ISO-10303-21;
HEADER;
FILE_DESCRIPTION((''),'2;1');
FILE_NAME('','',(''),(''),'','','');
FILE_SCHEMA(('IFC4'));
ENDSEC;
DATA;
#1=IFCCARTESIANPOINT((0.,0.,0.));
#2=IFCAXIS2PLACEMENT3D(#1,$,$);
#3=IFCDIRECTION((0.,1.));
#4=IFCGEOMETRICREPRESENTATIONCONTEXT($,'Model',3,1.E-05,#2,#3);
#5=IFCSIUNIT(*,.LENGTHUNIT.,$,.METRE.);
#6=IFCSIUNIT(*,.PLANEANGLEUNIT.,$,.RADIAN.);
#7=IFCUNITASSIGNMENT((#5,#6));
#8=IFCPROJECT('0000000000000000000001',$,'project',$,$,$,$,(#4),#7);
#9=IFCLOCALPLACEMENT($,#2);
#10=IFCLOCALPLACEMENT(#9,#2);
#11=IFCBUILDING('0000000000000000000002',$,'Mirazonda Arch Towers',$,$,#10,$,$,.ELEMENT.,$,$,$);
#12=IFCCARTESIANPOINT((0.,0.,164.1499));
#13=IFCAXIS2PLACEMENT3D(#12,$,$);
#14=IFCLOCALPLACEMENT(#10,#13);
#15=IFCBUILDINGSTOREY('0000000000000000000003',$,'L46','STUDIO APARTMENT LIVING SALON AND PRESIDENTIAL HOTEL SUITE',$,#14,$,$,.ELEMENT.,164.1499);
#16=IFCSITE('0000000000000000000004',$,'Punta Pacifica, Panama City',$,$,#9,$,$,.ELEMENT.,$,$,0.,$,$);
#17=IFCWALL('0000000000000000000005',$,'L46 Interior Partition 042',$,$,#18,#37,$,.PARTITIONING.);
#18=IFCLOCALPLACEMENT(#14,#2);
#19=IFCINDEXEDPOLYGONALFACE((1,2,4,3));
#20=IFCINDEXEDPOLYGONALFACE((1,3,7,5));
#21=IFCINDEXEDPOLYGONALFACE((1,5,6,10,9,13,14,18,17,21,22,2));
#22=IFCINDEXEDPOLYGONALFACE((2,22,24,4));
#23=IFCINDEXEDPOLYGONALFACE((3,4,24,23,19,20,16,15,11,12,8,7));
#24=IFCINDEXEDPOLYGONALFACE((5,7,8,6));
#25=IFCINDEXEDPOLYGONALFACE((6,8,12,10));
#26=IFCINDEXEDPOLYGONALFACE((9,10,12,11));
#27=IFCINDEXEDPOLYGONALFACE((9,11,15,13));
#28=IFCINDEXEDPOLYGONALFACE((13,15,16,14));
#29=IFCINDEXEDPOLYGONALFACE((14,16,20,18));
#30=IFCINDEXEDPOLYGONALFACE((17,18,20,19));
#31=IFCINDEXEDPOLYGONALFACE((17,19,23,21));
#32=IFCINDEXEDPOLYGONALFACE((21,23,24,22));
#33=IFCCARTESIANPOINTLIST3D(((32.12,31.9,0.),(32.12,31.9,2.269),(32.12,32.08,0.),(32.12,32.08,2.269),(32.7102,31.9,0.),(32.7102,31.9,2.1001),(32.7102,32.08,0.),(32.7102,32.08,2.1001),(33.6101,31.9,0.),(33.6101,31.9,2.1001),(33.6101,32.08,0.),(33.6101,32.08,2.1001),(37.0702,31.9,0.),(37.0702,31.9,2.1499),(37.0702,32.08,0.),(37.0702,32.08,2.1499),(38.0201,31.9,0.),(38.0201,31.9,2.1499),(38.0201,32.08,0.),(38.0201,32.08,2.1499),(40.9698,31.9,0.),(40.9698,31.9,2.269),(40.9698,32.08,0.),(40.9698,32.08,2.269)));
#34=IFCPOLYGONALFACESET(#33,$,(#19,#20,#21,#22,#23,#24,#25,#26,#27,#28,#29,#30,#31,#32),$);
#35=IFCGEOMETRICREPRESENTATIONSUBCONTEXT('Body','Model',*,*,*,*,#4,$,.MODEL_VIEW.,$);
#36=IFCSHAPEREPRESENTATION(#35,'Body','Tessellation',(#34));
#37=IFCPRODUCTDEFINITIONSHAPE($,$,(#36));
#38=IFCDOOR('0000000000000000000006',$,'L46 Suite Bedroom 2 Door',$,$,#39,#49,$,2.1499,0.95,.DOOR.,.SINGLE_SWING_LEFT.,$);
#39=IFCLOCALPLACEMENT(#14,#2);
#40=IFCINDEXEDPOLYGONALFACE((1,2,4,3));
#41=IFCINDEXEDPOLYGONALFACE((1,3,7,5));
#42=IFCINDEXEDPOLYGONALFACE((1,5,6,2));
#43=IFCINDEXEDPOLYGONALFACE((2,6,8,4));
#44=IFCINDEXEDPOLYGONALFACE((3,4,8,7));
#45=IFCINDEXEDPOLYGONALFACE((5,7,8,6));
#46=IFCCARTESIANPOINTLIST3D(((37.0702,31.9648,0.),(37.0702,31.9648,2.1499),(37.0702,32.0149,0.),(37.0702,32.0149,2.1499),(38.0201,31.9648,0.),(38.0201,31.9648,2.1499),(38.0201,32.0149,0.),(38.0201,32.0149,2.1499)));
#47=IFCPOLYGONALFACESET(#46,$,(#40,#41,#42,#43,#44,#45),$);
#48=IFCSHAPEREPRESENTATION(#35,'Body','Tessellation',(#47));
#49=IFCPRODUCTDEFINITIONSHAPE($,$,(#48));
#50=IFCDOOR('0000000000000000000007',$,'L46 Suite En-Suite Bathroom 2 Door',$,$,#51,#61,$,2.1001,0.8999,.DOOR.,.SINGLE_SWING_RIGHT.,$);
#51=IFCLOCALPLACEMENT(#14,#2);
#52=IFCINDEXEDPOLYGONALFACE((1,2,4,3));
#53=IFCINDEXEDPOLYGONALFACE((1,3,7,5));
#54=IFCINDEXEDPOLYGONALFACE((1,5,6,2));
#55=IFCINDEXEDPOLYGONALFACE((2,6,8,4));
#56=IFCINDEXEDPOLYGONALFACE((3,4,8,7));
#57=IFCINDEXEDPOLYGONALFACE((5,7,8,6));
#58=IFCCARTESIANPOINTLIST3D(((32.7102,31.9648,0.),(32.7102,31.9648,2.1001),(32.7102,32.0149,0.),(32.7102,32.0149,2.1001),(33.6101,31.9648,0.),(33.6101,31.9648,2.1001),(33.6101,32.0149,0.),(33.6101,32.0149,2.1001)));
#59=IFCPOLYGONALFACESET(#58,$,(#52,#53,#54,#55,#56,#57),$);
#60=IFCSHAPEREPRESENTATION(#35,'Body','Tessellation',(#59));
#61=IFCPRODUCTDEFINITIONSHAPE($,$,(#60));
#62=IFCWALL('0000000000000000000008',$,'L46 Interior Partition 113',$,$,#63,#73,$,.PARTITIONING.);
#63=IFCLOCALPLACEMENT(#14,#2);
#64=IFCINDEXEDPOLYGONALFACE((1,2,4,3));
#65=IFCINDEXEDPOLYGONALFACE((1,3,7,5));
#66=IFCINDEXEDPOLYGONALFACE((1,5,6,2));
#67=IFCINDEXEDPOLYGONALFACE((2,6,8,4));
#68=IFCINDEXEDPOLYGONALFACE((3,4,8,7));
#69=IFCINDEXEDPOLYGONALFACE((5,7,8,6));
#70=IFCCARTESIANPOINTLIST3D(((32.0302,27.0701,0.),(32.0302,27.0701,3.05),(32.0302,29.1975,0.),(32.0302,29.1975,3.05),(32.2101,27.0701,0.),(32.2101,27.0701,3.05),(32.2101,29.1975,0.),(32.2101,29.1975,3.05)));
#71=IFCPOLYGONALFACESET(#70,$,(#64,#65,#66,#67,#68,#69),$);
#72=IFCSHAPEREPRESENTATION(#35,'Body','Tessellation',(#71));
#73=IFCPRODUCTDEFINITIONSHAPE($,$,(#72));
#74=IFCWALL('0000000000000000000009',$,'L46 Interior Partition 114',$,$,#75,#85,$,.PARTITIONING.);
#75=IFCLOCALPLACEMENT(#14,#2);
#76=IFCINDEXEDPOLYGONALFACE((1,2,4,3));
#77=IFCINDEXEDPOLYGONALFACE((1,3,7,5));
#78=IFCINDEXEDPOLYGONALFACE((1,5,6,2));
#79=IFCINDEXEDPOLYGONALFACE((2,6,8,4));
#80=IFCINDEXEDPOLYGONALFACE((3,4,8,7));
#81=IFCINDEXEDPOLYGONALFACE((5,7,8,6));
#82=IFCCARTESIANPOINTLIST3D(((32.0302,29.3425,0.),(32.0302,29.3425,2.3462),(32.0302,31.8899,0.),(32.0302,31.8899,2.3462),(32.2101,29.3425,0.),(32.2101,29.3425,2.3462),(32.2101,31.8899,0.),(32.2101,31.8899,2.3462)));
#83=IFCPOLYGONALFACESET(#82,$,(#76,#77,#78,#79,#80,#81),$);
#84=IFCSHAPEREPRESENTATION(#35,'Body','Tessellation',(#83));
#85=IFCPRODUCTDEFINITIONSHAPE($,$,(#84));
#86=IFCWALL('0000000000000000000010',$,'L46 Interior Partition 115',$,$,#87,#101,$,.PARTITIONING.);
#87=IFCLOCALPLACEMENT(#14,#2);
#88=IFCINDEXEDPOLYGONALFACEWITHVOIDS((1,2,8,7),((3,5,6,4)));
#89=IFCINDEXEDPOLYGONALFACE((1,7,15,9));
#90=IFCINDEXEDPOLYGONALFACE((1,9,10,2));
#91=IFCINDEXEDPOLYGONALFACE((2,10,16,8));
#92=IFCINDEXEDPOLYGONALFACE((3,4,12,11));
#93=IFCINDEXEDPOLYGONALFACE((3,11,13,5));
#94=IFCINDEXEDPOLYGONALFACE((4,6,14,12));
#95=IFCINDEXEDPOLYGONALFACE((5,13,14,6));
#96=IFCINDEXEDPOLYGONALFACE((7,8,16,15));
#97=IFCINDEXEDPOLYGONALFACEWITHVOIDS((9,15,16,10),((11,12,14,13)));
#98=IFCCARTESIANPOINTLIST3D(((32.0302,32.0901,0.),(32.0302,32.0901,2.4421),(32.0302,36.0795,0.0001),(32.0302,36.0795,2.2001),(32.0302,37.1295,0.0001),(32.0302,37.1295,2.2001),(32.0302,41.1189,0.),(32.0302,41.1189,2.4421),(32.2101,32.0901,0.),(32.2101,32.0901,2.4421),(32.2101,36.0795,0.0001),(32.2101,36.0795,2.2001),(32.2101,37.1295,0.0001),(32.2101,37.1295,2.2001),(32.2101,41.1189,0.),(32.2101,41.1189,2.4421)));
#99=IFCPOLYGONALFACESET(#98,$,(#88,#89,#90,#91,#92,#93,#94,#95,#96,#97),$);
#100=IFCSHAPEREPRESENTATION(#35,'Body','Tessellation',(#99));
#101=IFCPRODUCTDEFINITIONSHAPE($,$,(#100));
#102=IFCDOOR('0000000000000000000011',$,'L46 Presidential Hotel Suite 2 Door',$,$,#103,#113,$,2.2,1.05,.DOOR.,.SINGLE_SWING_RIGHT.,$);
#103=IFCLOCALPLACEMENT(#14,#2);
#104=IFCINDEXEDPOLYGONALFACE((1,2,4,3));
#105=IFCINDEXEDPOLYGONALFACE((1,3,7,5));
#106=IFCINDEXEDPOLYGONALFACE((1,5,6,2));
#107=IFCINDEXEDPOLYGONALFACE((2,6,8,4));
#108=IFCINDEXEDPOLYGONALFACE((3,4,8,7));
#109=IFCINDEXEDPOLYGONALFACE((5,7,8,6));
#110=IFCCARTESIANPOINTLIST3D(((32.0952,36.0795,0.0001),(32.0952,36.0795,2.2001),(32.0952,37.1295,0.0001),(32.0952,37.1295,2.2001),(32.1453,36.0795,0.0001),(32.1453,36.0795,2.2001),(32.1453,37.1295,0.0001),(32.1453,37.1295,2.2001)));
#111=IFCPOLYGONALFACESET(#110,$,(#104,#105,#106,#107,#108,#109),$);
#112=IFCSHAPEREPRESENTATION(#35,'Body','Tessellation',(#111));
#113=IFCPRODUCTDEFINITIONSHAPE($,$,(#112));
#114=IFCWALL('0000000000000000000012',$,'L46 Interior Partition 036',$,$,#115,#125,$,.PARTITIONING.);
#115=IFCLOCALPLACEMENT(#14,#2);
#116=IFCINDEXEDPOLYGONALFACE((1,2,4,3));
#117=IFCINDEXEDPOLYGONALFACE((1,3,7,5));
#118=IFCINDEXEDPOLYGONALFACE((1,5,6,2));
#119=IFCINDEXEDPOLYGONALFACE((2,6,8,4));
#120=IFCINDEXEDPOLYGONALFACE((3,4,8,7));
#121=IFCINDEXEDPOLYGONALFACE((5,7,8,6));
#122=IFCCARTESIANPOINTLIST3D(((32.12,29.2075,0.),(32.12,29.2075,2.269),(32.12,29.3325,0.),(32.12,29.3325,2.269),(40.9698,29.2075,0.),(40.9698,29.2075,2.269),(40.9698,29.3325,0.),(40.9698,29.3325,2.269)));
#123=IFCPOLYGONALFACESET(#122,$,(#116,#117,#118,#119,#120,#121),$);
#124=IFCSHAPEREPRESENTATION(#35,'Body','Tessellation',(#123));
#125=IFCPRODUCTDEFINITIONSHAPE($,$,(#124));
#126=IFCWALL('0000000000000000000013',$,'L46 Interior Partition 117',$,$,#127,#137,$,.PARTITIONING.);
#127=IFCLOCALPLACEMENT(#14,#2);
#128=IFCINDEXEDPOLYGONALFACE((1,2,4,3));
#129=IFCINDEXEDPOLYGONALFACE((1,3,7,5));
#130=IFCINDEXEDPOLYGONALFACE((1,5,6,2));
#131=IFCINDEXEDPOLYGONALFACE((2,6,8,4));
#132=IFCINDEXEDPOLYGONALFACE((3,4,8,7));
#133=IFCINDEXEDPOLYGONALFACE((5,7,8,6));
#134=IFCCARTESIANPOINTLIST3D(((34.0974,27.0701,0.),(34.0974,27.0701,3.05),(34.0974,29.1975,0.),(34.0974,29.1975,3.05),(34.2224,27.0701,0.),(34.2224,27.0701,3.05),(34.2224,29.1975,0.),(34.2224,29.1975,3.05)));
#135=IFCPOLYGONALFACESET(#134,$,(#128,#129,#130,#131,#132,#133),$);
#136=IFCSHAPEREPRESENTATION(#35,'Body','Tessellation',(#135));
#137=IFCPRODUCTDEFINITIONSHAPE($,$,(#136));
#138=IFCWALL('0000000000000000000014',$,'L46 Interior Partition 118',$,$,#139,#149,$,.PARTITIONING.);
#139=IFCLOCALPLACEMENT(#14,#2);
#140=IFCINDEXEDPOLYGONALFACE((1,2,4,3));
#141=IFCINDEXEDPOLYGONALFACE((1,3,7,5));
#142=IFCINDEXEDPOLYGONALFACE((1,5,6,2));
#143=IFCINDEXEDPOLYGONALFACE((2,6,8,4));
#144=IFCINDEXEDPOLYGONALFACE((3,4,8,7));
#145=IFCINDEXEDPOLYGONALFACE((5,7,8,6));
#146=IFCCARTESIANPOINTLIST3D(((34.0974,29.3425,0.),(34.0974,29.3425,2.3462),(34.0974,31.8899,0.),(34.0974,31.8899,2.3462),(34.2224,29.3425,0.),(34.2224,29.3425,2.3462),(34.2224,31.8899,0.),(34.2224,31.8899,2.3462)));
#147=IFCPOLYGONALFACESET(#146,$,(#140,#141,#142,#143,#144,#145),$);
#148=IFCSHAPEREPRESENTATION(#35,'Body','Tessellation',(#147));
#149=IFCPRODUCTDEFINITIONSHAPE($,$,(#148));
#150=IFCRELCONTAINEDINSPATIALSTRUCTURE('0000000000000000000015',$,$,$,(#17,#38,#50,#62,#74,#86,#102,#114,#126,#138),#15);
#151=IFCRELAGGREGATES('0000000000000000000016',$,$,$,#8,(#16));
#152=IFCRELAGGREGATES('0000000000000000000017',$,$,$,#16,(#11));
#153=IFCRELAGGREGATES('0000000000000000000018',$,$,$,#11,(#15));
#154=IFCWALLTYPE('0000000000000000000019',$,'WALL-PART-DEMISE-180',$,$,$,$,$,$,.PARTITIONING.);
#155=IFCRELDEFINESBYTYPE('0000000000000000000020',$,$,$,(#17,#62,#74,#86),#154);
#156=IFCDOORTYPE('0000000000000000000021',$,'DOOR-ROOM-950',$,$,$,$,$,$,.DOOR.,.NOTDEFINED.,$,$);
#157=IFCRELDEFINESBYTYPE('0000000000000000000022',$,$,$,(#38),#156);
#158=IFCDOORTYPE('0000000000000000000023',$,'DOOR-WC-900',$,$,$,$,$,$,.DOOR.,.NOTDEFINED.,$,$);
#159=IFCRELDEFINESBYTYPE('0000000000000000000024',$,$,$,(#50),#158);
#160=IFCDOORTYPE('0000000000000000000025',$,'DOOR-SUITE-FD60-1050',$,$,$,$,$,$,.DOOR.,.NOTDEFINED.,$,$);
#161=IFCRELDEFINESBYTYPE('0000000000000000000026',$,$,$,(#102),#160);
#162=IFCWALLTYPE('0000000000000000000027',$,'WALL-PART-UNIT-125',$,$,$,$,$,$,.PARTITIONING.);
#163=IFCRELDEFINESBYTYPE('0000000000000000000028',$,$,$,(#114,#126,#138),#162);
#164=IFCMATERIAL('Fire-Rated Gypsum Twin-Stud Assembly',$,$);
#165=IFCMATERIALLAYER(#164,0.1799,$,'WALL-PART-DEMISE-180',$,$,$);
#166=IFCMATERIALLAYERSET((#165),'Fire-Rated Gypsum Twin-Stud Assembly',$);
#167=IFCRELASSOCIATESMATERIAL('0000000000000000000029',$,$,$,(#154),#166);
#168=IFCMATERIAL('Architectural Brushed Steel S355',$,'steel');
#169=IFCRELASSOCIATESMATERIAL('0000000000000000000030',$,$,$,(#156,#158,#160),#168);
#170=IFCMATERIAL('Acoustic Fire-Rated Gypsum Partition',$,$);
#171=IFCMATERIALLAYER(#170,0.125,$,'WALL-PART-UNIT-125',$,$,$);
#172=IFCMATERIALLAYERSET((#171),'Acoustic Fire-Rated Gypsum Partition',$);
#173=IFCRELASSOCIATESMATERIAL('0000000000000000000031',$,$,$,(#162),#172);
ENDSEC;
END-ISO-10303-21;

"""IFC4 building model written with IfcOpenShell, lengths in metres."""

from ifc_helpers import new_model, si_unit, direction, frame, frame_2d, origin, place, context, subcontext, project, spatial, rectangle, extrude, material, layer, layer_set, type_object, element, fill, save


model = new_model("IFC4")

# Units and contexts
model_context = context("Model", 3, precision=1e-05, world=origin(), true_north=direction((0.0, 1.0)))
body_context = subcontext(model_context, "Body", "Model", "MODEL_VIEW")
ifc_project = project(units=[si_unit("LENGTHUNIT", "METRE"), si_unit("PLANEANGLEUNIT", "RADIAN")], contexts=[model_context])

# Site, building, storey
site_placement = place(None, origin())
site = spatial("IfcSite", under=ifc_project, at=site_placement, Name="Punta Pacifica, Panama City", CompositionType="ELEMENT", RefElevation=0.0)
building_placement = place(site_placement, origin())
building = spatial("IfcBuilding", under=site, at=building_placement, Name="Mirazonda Arch Towers", CompositionType="ELEMENT")
storey_placement = place(building_placement, frame((0.0, 0.0, 164.1499)))
storey = spatial("IfcBuildingStorey", under=building, at=storey_placement, Name="L46", Description="STUDIO APARTMENT LIVING SALON AND PRESIDENTIAL HOTEL SUITE", CompositionType="ELEMENT", Elevation=164.1499)

# Wall, openings, doors
ifc_material_1 = material(Name="Fire-Rated Gypsum Twin-Stud Assembly")
ifc_layer_1 = layer(ifc_material_1, 0.1799, Name="WALL-PART-DEMISE-180")
ifc_layer_set_1 = layer_set([ifc_layer_1], Name="Fire-Rated Gypsum Twin-Stud Assembly")
wall_type_1 = type_object("IfcWallType", Name="WALL-PART-DEMISE-180", PredefinedType="PARTITIONING", material=ifc_layer_set_1)
ifc_material_2 = material(Name="Architectural Brushed Steel S355", Category="steel")
door_type_1 = type_object("IfcDoorType", Name="DOOR-ROOM-950", OperationType="NOTDEFINED", PredefinedType="DOOR", material=ifc_material_2)
door_type_2 = type_object("IfcDoorType", Name="DOOR-WC-900", OperationType="NOTDEFINED", PredefinedType="DOOR", material=ifc_material_2)
wall_1_placement = place(storey_placement, frame((32.1201, 31.99, 0.0), z_axis=(0.0, 0.0, 1.0), x_axis=(1.0, 0.0, 0.0)))
wall_1 = element("IfcWall", 1, at=wall_1_placement, inside=storey, type_object=wall_type_1, Name="L46 Interior Partition 042", PredefinedType="PARTITIONING", context=body_context, shape_type="SweptSolid", body=[
    extrude(rectangle(XDim=8.8499, YDim=0.1799, at=frame_2d((4.4248, 0.0))), origin(), (0.0, 0.0, 1.0), 2.269),
])
opening_1_placement = place(wall_1_placement, frame((4.95, 0.0, 0.0)))
opening_1 = element("IfcOpeningElement", 2, at=opening_1_placement, cuts=wall_1, PredefinedType="OPENING", context=body_context, shape_type="SweptSolid", body=[
    extrude(rectangle(XDim=0.95, YDim=2.1499, at=frame_2d((0.4751, 1.075))), frame((0.0, 0.0999, 0.0), z_axis=(0.0, -1.0, 0.0), x_axis=(1.0, 0.0, 0.0)), (0.0, 0.0, 1.0), 0.2),
])
opening_2_placement = place(wall_1_placement, frame((0.5901, 0.0, 0.0)))
opening_2 = element("IfcOpeningElement", 3, at=opening_2_placement, cuts=wall_1, PredefinedType="OPENING", context=body_context, shape_type="SweptSolid", body=[
    extrude(rectangle(XDim=0.8999, YDim=2.1001, at=frame_2d((0.45, 1.05))), frame((0.0, 0.0999, 0.0), z_axis=(0.0, -1.0, 0.0), x_axis=(1.0, 0.0, 0.0)), (0.0, 0.0, 1.0), 0.2),
])
door_1_placement = place(opening_1_placement, origin())
door_1 = element("IfcDoor", 4, at=door_1_placement, inside=storey, type_object=door_type_1, Name="L46 Suite Bedroom 2 Door", OperationType="SINGLE_SWING_LEFT", OverallHeight=2.1499, OverallWidth=0.95, PredefinedType="DOOR", context=body_context, shape_type="SweptSolid", body=[
    extrude(rectangle(XDim=0.95, YDim=2.1499, at=frame_2d((0.4751, 1.075))), frame((0.0, 0.0249, 0.0), z_axis=(0.0, -1.0, 0.0), x_axis=(1.0, 0.0, 0.0)), (0.0, 0.0, 1.0), 0.05),
])
fill(opening_1, door_1)
door_2_placement = place(opening_2_placement, origin())
door_2 = element("IfcDoor", 5, at=door_2_placement, inside=storey, type_object=door_type_2, Name="L46 Suite En-Suite Bathroom 2 Door", OperationType="SINGLE_SWING_RIGHT", OverallHeight=2.1001, OverallWidth=0.8999, PredefinedType="DOOR", context=body_context, shape_type="SweptSolid", body=[
    extrude(rectangle(XDim=0.8999, YDim=2.1001, at=frame_2d((0.45, 1.05))), frame((0.0, 0.0249, 0.0), z_axis=(0.0, -1.0, 0.0), x_axis=(1.0, 0.0, 0.0)), (0.0, 0.0, 1.0), 0.05),
])
fill(opening_2, door_2)

# Walls
wall_2_placement = place(storey_placement, frame((32.1201, 27.0701, 0.0), z_axis=(0.0, 0.0, 1.0), x_axis=(0.0, 1.0, 0.0)))
element("IfcWall", 6, at=wall_2_placement, inside=storey, type_object=wall_type_1, Name="L46 Interior Partition 113", PredefinedType="PARTITIONING", context=body_context, shape_type="SweptSolid", body=[
    extrude(rectangle(XDim=2.1274, YDim=0.1799, at=frame_2d((1.0637, 0.0))), origin(), (0.0, 0.0, 1.0), 3.05),
])
wall_3_placement = place(storey_placement, frame((32.1201, 29.3425, 0.0), z_axis=(0.0, 0.0, 1.0), x_axis=(0.0, 1.0, 0.0)))
element("IfcWall", 7, at=wall_3_placement, inside=storey, type_object=wall_type_1, Name="L46 Interior Partition 114", PredefinedType="PARTITIONING", context=body_context, shape_type="SweptSolid", body=[
    extrude(rectangle(XDim=2.5474, YDim=0.1799, at=frame_2d((1.2737, 0.0))), origin(), (0.0, 0.0, 1.0), 2.3462),
])

# Wall, opening, door
wall_4_placement = place(storey_placement, frame((32.1201, 32.0901, 0.0), z_axis=(0.0, 0.0, 1.0), x_axis=(0.0, 1.0, 0.0)))
wall_4 = element("IfcWall", 8, at=wall_4_placement, inside=storey, type_object=wall_type_1, Name="L46 Interior Partition 115", PredefinedType="PARTITIONING", context=body_context, shape_type="SweptSolid", body=[
    extrude(rectangle(XDim=9.0288, YDim=0.1799, at=frame_2d((4.5144, 0.0))), origin(), (0.0, 0.0, 1.0), 2.4421),
])
opening_3_placement = place(wall_4_placement, frame((3.9895, 0.0, 0.0)))
opening_3 = element("IfcOpeningElement", 9, at=opening_3_placement, cuts=wall_4, PredefinedType="OPENING", context=body_context, shape_type="SweptSolid", body=[
    extrude(rectangle(XDim=1.05, YDim=2.2, at=frame_2d((0.5249, 1.1001))), frame((0.0, 0.0999, 0.0), z_axis=(0.0, -1.0, 0.0), x_axis=(1.0, 0.0, 0.0)), (0.0, 0.0, 1.0), 0.2),
])
door_type_3 = type_object("IfcDoorType", Name="DOOR-SUITE-FD60-1050", OperationType="NOTDEFINED", PredefinedType="DOOR", material=ifc_material_2)
door_3_placement = place(opening_3_placement, origin())
door_3 = element("IfcDoor", 10, at=door_3_placement, inside=storey, type_object=door_type_3, Name="L46 Presidential Hotel Suite 2 Door", OperationType="SINGLE_SWING_RIGHT", OverallHeight=2.2, OverallWidth=1.05, PredefinedType="DOOR", context=body_context, shape_type="SweptSolid", body=[
    extrude(rectangle(XDim=1.05, YDim=2.2, at=frame_2d((0.5249, 1.1001))), frame((0.0, 0.0249, 0.0), z_axis=(0.0, -1.0, 0.0), x_axis=(1.0, 0.0, 0.0)), (0.0, 0.0, 1.0), 0.05),
])
fill(opening_3, door_3)

# Walls
ifc_material_3 = material(Name="Acoustic Fire-Rated Gypsum Partition")
ifc_layer_2 = layer(ifc_material_3, 0.125, Name="WALL-PART-UNIT-125")
ifc_layer_set_2 = layer_set([ifc_layer_2], Name="Acoustic Fire-Rated Gypsum Partition")
wall_type_2 = type_object("IfcWallType", Name="WALL-PART-UNIT-125", PredefinedType="PARTITIONING", material=ifc_layer_set_2)
wall_5_placement = place(storey_placement, frame((32.1201, 29.27, 0.0), z_axis=(0.0, 0.0, 1.0), x_axis=(1.0, 0.0, 0.0)))
element("IfcWall", 11, at=wall_5_placement, inside=storey, type_object=wall_type_2, Name="L46 Interior Partition 036", PredefinedType="PARTITIONING", context=body_context, shape_type="SweptSolid", body=[
    extrude(rectangle(XDim=8.8499, YDim=0.125, at=frame_2d((4.4248, 0.0))), origin(), (0.0, 0.0, 1.0), 2.269),
])
wall_6_placement = place(storey_placement, frame((34.1599, 27.0701, 0.0), z_axis=(0.0, 0.0, 1.0), x_axis=(0.0, 1.0, 0.0)))
element("IfcWall", 12, at=wall_6_placement, inside=storey, type_object=wall_type_2, Name="L46 Interior Partition 117", PredefinedType="PARTITIONING", context=body_context, shape_type="SweptSolid", body=[
    extrude(rectangle(XDim=2.1274, YDim=0.125, at=frame_2d((1.0637, 0.0))), origin(), (0.0, 0.0, 1.0), 3.05),
])
wall_7_placement = place(storey_placement, frame((34.1599, 29.3425, 0.0), z_axis=(0.0, 0.0, 1.0), x_axis=(0.0, 1.0, 0.0)))
element("IfcWall", 13, at=wall_7_placement, inside=storey, type_object=wall_type_2, Name="L46 Interior Partition 118", PredefinedType="PARTITIONING", context=body_context, shape_type="SweptSolid", body=[
    extrude(rectangle(XDim=2.5474, YDim=0.125, at=frame_2d((1.2737, 0.0))), origin(), (0.0, 0.0, 1.0), 2.3462),
])

save(model, "model.ifc")
